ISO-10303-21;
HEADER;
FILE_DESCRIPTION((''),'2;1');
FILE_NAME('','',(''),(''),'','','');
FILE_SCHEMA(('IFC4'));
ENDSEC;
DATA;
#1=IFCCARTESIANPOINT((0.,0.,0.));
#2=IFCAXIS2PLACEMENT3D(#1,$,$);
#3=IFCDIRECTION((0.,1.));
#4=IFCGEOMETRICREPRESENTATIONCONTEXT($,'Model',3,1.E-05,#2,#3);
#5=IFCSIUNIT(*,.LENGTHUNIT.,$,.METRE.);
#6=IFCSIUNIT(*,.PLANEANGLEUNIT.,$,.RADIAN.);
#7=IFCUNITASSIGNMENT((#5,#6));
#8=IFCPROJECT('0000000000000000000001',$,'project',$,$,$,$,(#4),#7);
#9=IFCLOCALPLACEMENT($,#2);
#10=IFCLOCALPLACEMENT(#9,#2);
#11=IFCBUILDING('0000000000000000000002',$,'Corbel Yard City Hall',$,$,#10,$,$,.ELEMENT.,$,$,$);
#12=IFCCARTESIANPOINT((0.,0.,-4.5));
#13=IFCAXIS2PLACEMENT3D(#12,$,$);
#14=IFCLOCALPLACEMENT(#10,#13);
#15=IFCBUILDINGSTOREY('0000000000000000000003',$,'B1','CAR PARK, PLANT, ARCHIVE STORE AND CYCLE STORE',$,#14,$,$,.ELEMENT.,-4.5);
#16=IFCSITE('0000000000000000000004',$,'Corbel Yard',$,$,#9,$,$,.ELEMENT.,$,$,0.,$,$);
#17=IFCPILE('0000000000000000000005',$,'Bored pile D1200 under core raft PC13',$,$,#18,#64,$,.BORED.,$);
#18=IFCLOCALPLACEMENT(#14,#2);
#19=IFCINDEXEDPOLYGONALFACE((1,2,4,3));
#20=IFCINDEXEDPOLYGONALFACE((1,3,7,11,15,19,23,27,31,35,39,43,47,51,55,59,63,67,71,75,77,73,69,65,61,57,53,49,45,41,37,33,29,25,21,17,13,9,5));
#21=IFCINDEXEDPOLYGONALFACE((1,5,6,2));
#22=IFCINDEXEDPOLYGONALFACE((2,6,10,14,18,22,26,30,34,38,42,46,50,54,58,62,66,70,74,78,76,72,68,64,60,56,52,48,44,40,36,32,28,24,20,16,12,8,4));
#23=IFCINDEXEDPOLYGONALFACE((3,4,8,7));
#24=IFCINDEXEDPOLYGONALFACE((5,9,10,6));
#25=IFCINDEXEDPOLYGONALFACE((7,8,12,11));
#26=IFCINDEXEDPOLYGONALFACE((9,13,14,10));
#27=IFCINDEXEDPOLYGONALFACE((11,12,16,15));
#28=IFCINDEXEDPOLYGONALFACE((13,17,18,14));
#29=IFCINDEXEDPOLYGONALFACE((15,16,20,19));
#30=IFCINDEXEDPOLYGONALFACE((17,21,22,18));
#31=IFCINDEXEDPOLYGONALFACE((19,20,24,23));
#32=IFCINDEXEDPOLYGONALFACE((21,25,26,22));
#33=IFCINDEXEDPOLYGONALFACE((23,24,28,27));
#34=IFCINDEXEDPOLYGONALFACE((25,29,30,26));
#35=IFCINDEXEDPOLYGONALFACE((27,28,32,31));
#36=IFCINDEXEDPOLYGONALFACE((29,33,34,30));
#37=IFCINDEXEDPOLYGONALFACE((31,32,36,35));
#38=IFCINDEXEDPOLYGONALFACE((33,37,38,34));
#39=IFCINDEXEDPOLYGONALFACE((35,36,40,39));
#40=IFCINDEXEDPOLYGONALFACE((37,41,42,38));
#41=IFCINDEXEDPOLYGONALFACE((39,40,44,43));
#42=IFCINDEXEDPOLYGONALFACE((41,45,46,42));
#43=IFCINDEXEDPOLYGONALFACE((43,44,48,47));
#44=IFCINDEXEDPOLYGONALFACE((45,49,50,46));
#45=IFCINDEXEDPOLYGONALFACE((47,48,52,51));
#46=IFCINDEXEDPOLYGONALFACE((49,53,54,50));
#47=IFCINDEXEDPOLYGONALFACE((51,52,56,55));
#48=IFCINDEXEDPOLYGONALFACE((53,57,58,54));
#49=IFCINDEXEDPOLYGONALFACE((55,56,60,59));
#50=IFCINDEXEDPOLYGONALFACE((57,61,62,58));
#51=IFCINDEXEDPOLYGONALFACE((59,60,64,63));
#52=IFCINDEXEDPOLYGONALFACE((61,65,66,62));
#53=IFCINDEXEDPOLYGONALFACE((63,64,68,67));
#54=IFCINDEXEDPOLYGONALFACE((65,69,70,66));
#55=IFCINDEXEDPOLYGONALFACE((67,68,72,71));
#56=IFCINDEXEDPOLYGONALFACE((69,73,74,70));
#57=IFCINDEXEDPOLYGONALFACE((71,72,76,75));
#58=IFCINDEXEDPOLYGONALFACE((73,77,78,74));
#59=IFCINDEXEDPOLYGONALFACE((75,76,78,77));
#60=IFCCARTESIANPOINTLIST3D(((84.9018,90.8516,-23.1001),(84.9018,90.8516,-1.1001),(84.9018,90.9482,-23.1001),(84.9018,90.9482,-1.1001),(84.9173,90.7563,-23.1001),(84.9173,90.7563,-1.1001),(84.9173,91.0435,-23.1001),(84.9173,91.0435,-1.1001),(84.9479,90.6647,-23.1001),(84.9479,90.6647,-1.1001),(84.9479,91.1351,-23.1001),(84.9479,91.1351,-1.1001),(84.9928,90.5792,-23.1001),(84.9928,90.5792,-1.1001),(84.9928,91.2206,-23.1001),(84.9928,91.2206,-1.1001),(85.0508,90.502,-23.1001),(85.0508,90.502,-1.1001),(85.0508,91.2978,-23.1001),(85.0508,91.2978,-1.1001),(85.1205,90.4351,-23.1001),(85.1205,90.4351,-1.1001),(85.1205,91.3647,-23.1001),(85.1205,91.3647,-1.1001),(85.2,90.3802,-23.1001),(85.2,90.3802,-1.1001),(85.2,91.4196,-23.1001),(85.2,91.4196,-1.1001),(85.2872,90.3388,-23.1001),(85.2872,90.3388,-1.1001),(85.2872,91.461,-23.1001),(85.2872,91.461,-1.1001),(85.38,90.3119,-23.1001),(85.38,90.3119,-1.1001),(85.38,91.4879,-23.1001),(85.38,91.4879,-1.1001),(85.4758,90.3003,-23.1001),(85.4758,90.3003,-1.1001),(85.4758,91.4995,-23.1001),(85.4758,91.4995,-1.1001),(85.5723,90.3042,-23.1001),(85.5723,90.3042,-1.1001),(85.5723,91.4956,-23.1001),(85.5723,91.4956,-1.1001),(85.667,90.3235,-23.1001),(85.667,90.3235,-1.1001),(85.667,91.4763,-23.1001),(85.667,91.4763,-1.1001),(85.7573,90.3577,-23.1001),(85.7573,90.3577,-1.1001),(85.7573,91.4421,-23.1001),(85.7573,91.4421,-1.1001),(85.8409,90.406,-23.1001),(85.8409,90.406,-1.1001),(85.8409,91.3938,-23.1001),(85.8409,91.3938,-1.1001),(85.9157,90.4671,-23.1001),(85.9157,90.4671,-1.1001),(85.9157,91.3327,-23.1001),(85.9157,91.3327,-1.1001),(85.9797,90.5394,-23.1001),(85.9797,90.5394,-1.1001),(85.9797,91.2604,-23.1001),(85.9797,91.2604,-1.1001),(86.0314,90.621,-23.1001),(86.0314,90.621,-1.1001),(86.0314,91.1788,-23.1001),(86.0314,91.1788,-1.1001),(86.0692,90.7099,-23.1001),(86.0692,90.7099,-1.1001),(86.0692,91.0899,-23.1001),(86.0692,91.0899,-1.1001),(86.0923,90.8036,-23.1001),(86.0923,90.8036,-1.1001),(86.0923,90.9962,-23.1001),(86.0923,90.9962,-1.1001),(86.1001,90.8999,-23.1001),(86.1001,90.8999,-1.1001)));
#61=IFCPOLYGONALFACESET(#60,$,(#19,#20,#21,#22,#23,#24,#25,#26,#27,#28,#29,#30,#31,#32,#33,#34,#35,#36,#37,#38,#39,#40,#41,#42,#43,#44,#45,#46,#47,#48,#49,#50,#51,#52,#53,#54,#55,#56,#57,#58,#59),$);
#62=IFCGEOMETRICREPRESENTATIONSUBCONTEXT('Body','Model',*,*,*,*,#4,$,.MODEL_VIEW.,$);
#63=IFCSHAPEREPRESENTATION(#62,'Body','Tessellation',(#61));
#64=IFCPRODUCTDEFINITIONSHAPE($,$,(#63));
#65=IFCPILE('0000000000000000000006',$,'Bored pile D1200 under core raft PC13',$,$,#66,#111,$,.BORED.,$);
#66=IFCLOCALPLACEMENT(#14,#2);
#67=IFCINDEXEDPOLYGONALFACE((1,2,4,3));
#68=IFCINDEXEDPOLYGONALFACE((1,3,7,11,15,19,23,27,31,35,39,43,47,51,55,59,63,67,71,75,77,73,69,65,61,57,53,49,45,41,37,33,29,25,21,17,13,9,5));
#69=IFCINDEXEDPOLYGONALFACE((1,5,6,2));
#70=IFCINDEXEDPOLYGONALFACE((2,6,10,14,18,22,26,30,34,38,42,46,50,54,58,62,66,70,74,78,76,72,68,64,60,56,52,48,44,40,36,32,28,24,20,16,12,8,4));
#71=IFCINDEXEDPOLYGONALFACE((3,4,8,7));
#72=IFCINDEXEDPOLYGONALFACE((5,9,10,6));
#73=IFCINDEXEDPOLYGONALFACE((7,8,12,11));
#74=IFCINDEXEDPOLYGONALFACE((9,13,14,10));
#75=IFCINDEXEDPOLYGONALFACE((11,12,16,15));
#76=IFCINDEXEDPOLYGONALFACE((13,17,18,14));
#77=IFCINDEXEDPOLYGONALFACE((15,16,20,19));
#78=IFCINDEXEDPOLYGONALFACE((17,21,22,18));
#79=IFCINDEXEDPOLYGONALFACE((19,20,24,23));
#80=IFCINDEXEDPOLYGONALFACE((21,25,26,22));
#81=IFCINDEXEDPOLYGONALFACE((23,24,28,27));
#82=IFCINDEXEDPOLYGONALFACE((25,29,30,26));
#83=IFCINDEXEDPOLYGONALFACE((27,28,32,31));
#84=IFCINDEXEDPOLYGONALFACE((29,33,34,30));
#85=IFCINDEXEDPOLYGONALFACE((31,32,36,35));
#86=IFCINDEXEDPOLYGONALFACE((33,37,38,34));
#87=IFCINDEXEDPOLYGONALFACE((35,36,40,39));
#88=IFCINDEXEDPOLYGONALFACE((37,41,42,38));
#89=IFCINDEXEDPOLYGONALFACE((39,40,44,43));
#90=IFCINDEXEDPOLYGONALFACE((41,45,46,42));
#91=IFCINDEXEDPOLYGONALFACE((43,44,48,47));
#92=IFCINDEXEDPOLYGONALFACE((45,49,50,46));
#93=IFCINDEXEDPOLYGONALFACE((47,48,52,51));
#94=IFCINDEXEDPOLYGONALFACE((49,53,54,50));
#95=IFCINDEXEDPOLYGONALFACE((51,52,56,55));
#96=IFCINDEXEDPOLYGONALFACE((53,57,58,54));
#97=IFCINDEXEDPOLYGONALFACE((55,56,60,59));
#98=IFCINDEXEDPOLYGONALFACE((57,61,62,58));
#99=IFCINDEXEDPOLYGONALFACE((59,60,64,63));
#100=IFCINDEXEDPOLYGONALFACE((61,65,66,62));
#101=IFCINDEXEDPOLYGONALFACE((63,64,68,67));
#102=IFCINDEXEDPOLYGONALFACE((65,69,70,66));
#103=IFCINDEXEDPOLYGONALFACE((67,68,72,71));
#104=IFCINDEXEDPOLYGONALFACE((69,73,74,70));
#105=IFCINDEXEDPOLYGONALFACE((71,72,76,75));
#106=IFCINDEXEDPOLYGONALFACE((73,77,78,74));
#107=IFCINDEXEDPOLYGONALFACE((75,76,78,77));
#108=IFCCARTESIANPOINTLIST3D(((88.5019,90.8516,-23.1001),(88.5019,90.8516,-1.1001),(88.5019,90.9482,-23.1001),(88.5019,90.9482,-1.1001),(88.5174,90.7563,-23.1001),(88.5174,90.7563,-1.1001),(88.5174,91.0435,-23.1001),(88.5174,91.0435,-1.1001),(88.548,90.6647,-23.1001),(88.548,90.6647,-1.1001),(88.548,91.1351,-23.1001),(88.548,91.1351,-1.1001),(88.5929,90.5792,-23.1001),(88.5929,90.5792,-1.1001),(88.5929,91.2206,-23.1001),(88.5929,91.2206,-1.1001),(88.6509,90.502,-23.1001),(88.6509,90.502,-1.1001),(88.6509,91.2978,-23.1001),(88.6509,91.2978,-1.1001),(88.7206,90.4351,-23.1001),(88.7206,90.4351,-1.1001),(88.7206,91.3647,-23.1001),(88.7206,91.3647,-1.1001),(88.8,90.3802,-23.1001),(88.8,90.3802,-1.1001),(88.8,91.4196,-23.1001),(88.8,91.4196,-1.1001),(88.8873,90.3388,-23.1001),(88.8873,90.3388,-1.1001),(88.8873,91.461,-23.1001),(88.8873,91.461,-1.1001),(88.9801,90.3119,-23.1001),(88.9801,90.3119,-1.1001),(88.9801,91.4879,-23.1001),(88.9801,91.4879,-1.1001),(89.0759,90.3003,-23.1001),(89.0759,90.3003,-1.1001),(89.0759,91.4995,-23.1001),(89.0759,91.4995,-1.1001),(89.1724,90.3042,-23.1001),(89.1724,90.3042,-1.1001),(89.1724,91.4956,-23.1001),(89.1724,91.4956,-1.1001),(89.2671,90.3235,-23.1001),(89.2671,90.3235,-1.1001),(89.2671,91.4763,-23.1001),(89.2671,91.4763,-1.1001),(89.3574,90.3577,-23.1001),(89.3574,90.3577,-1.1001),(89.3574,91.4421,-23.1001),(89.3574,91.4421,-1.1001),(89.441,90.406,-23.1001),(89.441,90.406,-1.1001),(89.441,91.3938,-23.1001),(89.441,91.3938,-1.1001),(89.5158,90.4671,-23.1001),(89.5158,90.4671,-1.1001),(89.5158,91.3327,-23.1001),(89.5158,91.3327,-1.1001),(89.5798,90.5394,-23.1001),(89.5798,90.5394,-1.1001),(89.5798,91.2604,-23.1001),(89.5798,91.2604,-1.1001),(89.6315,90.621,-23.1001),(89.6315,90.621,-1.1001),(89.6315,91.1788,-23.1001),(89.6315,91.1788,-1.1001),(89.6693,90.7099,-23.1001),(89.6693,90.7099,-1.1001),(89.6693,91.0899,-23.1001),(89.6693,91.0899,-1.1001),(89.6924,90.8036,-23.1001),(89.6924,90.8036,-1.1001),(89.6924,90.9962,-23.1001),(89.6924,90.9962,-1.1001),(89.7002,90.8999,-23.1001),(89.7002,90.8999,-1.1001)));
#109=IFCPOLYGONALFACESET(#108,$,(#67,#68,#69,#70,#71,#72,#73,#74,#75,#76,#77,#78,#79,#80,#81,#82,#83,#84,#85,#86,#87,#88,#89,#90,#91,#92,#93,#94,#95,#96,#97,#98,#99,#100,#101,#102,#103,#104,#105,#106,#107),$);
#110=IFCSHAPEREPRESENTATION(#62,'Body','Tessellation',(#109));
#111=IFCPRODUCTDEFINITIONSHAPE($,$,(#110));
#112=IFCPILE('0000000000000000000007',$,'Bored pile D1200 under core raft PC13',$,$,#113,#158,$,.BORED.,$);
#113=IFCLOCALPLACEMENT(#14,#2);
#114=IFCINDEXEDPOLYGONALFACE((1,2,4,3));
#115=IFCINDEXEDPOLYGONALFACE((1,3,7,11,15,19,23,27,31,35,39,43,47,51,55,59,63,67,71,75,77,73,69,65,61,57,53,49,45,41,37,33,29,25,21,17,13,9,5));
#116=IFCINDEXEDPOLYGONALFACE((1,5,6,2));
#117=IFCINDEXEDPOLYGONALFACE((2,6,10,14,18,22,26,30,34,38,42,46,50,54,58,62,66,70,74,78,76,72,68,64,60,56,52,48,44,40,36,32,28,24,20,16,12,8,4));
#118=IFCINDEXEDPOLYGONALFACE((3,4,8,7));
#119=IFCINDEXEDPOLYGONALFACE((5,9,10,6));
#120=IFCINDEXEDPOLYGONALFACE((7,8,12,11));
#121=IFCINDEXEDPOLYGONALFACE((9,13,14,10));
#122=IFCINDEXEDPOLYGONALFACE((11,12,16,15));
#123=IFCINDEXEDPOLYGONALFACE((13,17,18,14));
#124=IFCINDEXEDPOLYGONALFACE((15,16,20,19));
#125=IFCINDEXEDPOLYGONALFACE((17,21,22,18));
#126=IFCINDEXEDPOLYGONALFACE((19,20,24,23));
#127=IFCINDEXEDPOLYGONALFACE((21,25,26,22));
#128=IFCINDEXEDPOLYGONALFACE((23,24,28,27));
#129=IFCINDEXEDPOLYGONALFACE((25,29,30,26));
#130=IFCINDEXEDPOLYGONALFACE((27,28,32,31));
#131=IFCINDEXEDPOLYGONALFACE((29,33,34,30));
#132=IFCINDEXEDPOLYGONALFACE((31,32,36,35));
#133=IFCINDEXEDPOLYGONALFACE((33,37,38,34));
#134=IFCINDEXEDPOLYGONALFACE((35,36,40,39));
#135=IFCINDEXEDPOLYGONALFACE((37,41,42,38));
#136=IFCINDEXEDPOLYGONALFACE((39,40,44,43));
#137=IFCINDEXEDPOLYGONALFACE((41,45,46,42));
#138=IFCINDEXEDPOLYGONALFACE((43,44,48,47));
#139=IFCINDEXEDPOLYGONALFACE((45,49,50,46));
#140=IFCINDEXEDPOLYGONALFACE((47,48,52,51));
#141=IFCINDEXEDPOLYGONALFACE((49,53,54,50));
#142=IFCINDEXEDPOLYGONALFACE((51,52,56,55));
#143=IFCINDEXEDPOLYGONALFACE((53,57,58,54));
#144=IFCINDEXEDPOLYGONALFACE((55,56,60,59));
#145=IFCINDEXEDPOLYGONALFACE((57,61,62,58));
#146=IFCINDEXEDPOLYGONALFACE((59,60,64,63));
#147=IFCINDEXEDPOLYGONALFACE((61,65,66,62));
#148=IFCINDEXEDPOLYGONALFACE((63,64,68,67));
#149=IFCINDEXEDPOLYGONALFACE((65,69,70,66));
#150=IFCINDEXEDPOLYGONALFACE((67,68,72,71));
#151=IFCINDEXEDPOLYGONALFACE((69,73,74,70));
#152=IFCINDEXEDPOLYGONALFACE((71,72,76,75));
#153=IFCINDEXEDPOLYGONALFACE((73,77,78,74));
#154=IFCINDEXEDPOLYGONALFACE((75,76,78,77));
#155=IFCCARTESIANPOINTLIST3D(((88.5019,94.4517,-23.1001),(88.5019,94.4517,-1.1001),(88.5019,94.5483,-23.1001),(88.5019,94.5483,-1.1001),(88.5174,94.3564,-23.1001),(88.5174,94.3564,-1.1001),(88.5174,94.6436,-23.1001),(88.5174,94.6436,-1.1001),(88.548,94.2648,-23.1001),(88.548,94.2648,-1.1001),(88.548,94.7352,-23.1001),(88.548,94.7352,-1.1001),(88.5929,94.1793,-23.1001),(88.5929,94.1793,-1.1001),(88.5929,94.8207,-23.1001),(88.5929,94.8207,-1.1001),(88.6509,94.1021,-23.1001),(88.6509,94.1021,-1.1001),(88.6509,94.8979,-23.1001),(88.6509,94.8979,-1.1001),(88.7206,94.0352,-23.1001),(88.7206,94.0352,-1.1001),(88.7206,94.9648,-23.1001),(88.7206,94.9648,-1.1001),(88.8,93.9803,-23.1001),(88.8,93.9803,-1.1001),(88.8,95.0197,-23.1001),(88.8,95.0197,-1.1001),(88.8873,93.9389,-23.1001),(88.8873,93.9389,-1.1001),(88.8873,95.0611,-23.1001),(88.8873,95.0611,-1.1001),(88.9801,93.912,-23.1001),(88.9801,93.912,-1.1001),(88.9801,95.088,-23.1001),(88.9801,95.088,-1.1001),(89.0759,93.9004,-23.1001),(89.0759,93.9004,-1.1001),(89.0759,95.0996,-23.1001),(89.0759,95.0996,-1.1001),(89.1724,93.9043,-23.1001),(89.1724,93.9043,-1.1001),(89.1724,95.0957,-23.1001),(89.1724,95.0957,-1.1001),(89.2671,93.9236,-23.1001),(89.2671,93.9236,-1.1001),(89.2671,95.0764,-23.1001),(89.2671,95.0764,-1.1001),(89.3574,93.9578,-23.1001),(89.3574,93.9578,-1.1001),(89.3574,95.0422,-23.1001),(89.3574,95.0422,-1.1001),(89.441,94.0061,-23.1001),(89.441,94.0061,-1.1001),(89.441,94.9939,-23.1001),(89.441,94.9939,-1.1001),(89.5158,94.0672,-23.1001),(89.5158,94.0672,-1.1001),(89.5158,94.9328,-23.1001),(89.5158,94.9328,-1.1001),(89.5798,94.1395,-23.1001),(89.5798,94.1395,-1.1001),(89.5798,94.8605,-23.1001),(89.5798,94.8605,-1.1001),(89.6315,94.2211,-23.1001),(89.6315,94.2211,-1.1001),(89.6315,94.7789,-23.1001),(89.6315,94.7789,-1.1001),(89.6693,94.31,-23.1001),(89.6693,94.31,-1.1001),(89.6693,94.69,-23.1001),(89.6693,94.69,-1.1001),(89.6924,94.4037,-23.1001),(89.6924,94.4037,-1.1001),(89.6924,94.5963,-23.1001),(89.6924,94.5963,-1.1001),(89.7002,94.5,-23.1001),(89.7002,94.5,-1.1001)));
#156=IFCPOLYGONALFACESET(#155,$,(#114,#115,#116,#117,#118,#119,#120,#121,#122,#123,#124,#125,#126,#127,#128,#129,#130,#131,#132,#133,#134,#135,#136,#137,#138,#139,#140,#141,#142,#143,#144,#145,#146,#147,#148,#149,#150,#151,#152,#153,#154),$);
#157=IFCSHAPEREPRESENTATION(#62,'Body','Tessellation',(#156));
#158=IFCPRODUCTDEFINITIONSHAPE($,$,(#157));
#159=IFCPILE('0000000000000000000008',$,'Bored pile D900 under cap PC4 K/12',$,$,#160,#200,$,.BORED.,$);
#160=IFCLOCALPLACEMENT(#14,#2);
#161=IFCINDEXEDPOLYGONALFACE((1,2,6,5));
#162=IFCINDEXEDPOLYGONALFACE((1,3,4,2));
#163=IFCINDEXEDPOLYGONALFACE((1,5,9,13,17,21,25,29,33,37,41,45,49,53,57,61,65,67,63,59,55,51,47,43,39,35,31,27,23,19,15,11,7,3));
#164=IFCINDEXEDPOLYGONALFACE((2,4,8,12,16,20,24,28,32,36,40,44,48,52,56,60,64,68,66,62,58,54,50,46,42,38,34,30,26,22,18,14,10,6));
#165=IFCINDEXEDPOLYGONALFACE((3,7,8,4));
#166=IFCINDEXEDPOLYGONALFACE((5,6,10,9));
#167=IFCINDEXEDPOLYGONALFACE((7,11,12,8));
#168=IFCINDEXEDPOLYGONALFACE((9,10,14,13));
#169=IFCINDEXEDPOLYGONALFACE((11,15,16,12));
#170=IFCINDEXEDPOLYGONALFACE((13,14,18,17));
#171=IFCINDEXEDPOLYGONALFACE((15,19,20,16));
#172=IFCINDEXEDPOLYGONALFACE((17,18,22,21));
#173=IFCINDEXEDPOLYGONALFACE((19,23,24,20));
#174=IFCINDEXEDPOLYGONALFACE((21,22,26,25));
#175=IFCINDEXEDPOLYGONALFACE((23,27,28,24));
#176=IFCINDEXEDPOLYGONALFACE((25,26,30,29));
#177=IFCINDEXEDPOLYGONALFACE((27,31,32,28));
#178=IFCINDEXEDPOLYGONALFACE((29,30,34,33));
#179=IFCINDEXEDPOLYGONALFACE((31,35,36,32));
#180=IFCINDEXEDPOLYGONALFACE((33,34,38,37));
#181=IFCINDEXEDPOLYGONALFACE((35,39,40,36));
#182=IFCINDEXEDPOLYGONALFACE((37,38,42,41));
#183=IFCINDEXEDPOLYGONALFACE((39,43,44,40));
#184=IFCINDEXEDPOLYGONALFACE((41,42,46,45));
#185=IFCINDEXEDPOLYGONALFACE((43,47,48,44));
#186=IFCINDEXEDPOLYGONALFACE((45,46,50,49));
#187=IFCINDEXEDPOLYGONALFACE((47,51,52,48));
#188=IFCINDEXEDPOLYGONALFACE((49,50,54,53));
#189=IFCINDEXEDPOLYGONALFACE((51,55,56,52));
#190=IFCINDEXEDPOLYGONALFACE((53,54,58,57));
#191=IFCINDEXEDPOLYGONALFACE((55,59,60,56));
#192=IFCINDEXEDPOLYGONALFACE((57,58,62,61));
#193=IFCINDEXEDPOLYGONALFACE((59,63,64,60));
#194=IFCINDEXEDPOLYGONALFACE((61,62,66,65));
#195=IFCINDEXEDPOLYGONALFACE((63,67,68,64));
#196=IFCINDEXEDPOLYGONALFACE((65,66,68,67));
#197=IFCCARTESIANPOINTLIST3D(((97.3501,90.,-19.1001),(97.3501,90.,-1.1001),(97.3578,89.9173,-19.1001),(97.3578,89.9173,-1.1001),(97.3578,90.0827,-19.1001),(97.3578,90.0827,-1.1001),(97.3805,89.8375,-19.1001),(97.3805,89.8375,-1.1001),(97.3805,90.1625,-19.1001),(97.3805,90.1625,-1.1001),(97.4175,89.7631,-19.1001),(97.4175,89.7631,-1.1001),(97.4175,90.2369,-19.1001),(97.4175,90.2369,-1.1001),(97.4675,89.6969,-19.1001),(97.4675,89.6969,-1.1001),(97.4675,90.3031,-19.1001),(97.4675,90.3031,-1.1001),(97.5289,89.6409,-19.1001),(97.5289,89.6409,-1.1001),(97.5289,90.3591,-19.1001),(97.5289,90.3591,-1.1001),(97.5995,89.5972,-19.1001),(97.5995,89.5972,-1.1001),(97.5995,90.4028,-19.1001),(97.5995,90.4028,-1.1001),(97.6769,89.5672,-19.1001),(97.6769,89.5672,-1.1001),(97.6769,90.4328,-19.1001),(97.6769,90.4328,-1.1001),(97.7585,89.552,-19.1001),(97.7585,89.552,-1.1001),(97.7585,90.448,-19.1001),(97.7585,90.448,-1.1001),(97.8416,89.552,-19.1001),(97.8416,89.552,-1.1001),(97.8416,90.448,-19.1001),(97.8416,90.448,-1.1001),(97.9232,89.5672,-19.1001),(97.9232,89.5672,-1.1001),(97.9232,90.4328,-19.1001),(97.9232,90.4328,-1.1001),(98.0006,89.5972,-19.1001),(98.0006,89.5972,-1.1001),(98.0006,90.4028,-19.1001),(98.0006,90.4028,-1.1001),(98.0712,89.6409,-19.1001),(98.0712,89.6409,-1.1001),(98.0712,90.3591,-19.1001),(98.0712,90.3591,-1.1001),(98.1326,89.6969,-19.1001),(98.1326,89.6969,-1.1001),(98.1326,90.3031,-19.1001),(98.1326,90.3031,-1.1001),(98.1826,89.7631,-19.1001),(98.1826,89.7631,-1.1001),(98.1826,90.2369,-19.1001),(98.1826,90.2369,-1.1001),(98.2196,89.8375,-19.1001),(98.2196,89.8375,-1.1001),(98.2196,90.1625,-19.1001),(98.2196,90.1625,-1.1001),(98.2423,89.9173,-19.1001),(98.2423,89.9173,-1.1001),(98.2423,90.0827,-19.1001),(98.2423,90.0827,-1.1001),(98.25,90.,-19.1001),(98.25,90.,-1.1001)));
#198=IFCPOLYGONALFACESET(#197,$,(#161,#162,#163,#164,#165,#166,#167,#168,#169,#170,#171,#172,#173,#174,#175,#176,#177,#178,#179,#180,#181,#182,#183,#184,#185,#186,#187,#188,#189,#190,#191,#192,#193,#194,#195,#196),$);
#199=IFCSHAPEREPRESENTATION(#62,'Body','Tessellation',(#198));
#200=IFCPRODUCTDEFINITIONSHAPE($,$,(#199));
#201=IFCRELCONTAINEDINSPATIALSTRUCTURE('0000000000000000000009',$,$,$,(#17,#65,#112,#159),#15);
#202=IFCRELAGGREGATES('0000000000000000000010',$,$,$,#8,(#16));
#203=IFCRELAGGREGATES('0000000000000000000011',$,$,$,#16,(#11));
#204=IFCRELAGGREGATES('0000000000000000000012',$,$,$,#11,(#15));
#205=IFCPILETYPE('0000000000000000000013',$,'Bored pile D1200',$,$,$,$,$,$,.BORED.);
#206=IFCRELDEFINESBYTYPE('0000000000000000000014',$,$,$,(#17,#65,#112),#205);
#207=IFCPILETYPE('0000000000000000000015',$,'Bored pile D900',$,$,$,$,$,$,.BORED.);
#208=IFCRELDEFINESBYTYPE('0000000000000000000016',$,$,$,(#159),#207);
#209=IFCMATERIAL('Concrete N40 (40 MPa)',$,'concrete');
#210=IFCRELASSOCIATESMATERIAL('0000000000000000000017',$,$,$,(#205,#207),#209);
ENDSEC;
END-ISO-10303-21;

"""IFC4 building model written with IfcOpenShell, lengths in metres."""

from ifc_helpers import new_model, si_unit, direction, frame, origin, origin_2d, place, context, subcontext, project, spatial, circle, extrude, material, material_profile, profile_set, type_object, element, save


model = new_model("IFC4")

# Units and contexts
model_context = context("Model", 3, precision=1e-05, world=origin(), true_north=direction((0.0, 1.0)))
body_context = subcontext(model_context, "Body", "Model", "MODEL_VIEW")
ifc_project = project(units=[si_unit("LENGTHUNIT", "METRE"), si_unit("PLANEANGLEUNIT", "RADIAN")], contexts=[model_context])

# Site, building, storey
site_placement = place(None, origin())
site = spatial("IfcSite", under=ifc_project, at=site_placement, Name="Corbel Yard", CompositionType="ELEMENT", RefElevation=0.0)
building_placement = place(site_placement, origin())
building = spatial("IfcBuilding", under=site, at=building_placement, Name="Corbel Yard City Hall", CompositionType="ELEMENT")
storey_placement = place(building_placement, frame((0.0, 0.0, -4.5)))
storey = spatial("IfcBuildingStorey", under=building, at=storey_placement, Name="B1", Description="CAR PARK, PLANT, ARCHIVE STORE AND CYCLE STORE", CompositionType="ELEMENT", Elevation=-4.5)

# Piles
ifc_material_1 = material(Name="Concrete N40 (40 MPa)", Category="concrete")
ifc_material_profile_1 = material_profile(ifc_material_1, circle(Radius=0.6001, at=origin_2d()), Name="D1200")
ifc_profile_set_1 = profile_set([ifc_material_profile_1], Name="Concrete N40 (40 MPa)")
pile_type_1 = type_object("IfcPileType", Name="Bored pile D1200", PredefinedType="BORED", material=ifc_profile_set_1)
for number, where, z_axis, x_axis, name in (
    (1, (85.5, 90.8999, -1.1001), (0.0, 0.0, -1.0), (1.0, 0.0, 0.0), "Bored pile D1200 under core raft PC13"),
    (2, (89.1001, 90.8999, -1.1001), (0.0, 0.0, -1.0), (1.0, 0.0, 0.0), "Bored pile D1200 under core raft PC13"),
    (3, (89.1001, 94.5, -1.1001), (0.0, 0.0, -1.0), (1.0, 0.0, 0.0), "Bored pile D1200 under core raft PC13"),
):
    element("IfcPile", number, at=place(storey_placement, frame(where, z_axis=z_axis, x_axis=x_axis)), inside=storey, type_object=pile_type_1, Name=name, PredefinedType="BORED", context=body_context, shape_type="SweptSolid", body=[
        extrude(circle(Radius=0.6001, at=origin_2d()), origin(), (0.0, 0.0, 1.0), 22.0),
    ])
ifc_material_profile_2 = material_profile(ifc_material_1, circle(Radius=0.45, at=origin_2d()), Name="D900")
ifc_profile_set_2 = profile_set([ifc_material_profile_2], Name="Concrete N40 (40 MPa)")
pile_type_2 = type_object("IfcPileType", Name="Bored pile D900", PredefinedType="BORED", material=ifc_profile_set_2)
for number, where, z_axis, x_axis, name in (
    (4, (97.8, 90.0, -1.1001), (0.0, 0.0, -1.0), (1.0, 0.0, 0.0), "Bored pile D900 under cap PC4 K/12"),
):
    element("IfcPile", number, at=place(storey_placement, frame(where, z_axis=z_axis, x_axis=x_axis)), inside=storey, type_object=pile_type_2, Name=name, PredefinedType="BORED", context=body_context, shape_type="SweptSolid", body=[
        extrude(circle(Radius=0.45, at=origin_2d()), origin(), (0.0, 0.0, 1.0), 18.0),
    ])

save(model, "model.ifc")
